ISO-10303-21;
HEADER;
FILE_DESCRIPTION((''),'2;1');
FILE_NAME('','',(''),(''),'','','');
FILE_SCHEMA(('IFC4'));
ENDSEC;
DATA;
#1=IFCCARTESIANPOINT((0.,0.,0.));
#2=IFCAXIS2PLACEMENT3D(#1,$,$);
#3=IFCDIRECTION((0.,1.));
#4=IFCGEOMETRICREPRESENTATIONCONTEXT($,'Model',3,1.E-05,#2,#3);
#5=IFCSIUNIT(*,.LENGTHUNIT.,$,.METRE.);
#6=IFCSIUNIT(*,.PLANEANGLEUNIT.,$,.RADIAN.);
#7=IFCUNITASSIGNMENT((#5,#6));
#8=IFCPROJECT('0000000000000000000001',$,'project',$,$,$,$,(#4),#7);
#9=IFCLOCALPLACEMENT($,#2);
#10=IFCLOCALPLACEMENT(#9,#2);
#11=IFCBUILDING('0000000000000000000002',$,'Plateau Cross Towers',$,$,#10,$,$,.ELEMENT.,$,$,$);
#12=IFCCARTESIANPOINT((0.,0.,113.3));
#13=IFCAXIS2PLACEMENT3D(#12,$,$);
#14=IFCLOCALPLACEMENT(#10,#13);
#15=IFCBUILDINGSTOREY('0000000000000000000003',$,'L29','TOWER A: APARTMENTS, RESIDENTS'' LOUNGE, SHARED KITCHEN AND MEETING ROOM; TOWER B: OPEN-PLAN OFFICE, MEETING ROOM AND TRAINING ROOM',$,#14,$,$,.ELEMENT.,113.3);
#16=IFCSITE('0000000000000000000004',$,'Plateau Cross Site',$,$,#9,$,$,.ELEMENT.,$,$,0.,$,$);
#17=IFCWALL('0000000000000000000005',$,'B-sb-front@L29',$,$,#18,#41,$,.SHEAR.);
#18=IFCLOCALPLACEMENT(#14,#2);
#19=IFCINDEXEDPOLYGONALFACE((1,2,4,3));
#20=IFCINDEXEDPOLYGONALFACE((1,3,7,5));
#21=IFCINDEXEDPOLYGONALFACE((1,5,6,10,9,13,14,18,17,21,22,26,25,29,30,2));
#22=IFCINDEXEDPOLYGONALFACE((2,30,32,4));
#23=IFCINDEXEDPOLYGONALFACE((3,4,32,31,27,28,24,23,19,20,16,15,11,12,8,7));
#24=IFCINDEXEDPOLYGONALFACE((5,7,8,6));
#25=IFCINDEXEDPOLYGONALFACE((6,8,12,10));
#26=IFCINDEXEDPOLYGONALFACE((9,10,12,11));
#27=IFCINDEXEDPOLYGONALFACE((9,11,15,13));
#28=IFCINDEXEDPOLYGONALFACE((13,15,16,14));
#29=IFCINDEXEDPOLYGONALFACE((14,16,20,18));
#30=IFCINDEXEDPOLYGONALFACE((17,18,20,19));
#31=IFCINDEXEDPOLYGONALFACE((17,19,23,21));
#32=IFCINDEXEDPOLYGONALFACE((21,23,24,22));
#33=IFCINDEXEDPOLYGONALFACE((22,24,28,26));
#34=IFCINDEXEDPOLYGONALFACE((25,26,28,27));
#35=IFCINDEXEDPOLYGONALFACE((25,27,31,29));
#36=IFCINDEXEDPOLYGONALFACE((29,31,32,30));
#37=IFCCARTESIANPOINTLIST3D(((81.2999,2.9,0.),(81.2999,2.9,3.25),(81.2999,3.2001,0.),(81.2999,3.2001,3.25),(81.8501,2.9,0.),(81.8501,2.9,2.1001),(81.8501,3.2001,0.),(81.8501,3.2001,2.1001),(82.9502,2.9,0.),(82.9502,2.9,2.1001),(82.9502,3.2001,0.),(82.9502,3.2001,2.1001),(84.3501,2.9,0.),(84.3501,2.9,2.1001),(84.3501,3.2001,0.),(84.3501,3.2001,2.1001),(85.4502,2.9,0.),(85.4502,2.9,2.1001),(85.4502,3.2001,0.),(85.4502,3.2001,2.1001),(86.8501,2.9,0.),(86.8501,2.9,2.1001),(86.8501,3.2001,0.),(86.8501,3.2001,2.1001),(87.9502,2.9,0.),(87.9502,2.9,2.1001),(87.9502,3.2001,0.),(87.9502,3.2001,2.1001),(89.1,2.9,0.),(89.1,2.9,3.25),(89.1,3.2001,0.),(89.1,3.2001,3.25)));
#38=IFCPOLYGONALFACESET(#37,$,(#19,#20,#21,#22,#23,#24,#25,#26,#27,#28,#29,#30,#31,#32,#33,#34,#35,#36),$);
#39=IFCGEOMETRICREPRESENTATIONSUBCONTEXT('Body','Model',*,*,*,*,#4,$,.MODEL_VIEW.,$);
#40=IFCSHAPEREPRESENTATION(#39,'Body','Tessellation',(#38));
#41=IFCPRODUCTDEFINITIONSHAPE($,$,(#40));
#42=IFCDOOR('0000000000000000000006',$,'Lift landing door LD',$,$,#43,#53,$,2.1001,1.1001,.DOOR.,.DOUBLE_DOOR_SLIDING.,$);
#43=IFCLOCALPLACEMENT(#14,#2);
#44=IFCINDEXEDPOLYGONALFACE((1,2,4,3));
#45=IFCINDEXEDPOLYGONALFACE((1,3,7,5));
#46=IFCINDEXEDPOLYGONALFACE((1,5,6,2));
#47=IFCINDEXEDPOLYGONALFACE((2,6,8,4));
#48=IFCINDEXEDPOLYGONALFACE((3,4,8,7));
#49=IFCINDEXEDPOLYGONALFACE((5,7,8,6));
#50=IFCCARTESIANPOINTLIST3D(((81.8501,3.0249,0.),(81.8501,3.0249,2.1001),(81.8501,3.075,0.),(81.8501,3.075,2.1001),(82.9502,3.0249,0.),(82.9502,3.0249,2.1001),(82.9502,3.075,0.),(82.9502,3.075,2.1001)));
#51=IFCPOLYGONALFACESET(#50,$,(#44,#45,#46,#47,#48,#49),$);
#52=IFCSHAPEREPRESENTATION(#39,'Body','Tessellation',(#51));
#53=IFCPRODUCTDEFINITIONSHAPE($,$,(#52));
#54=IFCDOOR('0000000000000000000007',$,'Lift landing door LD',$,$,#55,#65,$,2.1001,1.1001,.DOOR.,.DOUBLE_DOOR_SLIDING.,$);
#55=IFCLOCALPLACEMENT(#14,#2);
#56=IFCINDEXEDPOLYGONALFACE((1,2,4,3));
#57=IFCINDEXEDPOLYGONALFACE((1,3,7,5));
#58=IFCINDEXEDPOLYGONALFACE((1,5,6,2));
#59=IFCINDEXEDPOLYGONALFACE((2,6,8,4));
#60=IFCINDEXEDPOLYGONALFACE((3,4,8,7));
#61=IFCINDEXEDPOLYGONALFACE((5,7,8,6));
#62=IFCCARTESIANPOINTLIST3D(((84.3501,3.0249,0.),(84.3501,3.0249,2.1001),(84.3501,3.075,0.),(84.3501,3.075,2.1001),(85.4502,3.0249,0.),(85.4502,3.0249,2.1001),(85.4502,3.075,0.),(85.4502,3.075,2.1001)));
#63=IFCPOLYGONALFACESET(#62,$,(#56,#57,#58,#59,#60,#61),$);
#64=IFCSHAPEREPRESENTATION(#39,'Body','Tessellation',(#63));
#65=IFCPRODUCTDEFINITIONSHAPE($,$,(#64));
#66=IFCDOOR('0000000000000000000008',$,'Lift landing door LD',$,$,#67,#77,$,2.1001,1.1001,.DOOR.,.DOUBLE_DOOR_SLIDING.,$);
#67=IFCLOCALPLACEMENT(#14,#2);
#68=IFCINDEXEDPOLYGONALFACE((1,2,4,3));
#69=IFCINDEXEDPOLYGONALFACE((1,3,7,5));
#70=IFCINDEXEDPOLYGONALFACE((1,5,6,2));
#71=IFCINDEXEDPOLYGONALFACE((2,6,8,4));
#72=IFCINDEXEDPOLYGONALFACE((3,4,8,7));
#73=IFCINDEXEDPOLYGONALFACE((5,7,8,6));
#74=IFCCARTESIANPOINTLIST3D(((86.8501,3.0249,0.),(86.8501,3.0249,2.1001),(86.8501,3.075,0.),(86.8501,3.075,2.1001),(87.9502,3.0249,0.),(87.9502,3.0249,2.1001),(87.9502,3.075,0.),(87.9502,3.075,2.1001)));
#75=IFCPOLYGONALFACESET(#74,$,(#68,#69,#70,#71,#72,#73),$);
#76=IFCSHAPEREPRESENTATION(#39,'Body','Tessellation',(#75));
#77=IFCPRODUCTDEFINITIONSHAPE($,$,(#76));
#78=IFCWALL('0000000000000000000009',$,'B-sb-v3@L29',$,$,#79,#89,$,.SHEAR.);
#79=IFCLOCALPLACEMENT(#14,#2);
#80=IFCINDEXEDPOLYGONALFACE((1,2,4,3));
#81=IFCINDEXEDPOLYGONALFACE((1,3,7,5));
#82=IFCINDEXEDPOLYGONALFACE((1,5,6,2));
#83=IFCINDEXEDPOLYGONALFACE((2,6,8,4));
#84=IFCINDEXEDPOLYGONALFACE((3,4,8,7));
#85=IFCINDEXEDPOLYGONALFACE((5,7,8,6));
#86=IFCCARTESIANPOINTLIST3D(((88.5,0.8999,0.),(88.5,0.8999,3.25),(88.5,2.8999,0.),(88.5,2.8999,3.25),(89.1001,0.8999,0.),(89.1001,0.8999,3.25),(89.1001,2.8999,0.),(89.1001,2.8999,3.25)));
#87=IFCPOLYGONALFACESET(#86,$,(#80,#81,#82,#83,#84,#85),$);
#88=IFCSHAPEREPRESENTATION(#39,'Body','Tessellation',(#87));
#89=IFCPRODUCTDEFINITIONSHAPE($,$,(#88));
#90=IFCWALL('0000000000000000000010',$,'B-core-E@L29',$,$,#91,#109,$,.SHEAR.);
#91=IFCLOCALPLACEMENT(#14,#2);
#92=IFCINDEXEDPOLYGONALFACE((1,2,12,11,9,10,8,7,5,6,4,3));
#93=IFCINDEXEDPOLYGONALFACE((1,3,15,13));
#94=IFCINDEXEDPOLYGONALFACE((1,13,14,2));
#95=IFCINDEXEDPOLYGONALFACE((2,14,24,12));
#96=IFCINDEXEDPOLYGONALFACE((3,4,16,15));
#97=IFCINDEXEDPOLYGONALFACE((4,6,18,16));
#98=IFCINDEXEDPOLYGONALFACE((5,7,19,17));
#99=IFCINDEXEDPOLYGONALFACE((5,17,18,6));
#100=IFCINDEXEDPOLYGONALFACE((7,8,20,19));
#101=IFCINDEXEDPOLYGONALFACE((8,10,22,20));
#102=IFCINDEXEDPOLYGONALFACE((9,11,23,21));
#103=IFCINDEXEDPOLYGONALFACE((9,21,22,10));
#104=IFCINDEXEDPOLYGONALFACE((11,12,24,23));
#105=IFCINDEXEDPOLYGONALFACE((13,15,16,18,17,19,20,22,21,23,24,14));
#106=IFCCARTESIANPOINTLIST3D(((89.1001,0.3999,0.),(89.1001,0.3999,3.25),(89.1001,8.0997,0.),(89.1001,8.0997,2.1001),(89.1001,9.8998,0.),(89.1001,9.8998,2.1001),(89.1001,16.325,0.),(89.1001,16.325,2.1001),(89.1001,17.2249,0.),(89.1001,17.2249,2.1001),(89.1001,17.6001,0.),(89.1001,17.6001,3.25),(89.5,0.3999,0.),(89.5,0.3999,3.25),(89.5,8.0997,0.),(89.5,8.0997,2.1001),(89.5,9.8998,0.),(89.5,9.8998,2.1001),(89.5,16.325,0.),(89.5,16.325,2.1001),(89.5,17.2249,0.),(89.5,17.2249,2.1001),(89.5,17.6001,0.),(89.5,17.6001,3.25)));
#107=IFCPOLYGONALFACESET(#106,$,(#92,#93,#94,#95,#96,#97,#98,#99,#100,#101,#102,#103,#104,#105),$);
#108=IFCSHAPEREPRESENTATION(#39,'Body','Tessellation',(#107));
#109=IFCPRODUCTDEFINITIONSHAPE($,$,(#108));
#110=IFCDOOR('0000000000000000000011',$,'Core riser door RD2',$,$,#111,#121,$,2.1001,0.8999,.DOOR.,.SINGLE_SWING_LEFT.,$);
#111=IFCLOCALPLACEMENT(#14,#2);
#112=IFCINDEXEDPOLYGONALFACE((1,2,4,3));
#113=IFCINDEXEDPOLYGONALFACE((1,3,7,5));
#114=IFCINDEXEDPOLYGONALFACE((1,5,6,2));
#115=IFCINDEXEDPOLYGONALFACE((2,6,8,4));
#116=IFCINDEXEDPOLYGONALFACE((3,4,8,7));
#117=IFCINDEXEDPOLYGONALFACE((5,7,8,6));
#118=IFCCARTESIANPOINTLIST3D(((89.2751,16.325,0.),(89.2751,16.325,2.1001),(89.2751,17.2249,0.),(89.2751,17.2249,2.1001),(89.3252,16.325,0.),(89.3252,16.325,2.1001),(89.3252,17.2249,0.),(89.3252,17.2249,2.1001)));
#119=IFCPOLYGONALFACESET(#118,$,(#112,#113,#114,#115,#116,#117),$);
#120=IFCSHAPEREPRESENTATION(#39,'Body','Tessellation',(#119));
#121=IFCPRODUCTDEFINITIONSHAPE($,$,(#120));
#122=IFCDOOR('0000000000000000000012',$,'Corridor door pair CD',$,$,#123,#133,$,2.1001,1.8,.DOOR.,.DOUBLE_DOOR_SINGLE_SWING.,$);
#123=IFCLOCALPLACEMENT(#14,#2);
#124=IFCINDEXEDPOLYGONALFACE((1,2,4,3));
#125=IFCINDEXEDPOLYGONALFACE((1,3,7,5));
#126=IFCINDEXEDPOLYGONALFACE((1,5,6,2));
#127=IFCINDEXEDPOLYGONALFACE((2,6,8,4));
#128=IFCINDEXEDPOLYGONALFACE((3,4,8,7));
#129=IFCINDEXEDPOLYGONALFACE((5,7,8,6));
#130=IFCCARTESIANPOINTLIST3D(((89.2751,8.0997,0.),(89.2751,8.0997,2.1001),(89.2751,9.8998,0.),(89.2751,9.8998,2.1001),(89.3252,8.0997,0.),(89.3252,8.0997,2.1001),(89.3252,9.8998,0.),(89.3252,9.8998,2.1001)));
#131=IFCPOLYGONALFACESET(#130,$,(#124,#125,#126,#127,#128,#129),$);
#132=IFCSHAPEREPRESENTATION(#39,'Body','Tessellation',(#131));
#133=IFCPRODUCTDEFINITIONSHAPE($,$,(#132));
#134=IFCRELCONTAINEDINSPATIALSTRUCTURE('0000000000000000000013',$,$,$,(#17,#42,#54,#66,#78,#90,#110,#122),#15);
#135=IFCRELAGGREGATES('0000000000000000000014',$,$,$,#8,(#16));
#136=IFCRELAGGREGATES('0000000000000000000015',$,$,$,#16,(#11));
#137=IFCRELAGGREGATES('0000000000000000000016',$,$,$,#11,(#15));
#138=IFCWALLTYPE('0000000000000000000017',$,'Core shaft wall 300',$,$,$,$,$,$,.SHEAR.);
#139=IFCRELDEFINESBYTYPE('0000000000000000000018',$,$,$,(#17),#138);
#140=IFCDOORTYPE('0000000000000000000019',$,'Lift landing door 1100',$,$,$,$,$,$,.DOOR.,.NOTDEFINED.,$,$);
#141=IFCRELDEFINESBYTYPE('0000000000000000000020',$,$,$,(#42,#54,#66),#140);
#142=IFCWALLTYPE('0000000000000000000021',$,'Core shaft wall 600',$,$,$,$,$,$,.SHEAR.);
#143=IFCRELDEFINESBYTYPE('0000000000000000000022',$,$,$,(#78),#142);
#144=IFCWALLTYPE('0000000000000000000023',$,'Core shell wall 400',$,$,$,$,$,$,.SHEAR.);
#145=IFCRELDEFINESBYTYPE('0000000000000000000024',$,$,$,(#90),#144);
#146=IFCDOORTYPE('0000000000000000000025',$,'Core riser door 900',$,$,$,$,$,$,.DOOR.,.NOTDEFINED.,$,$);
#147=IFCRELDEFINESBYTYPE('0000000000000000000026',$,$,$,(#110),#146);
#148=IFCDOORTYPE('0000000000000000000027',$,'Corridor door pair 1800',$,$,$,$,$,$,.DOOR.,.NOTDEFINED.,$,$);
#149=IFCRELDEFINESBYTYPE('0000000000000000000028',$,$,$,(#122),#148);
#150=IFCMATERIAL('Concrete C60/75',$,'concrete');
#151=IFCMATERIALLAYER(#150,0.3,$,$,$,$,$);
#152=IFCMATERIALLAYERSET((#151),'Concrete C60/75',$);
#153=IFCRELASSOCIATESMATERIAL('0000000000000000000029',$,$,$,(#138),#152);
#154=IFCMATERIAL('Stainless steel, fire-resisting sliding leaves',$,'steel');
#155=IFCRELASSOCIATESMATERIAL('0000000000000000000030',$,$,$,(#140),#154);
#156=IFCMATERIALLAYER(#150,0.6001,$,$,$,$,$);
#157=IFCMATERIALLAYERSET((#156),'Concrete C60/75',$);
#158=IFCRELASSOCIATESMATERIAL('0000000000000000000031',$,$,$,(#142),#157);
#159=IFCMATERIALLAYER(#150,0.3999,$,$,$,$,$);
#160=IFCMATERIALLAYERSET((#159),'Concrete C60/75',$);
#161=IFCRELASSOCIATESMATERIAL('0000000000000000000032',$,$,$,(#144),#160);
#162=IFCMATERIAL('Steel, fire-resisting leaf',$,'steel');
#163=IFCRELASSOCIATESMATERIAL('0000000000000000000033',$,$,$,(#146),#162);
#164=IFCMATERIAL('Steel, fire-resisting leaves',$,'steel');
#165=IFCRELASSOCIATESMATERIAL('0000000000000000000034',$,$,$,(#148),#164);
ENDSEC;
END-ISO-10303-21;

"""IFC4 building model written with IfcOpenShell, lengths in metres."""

from ifc_helpers import new_model, si_unit, direction, frame, frame_2d, origin, place, context, subcontext, project, spatial, rectangle, extrude, material, layer, layer_set, type_object, element, fill, save


model = new_model("IFC4")

# Units and contexts
model_context = context("Model", 3, precision=1e-05, world=origin(), true_north=direction((0.0, 1.0)))
body_context = subcontext(model_context, "Body", "Model", "MODEL_VIEW")
ifc_project = project(units=[si_unit("LENGTHUNIT", "METRE"), si_unit("PLANEANGLEUNIT", "RADIAN")], contexts=[model_context])

# Site, building, storey
site_placement = place(None, origin())
site = spatial("IfcSite", under=ifc_project, at=site_placement, Name="Plateau Cross Site", CompositionType="ELEMENT", RefElevation=0.0)
building_placement = place(site_placement, origin())
building = spatial("IfcBuilding", under=site, at=building_placement, Name="Plateau Cross Towers", CompositionType="ELEMENT")
storey_placement = place(building_placement, frame((0.0, 0.0, 113.3)))
storey = spatial("IfcBuildingStorey", under=building, at=storey_placement, Name="L29", Description="TOWER A: APARTMENTS, RESIDENTS' LOUNGE, SHARED KITCHEN AND MEETING ROOM; TOWER B: OPEN-PLAN OFFICE, MEETING ROOM AND TRAINING ROOM", CompositionType="ELEMENT", Elevation=113.3)

# Shared definitions
ifc_material_1 = material(Name="Concrete C60/75", Category="concrete")

# Shared definitions
ifc_layer_1 = layer(ifc_material_1, 0.3)
ifc_layer_set_1 = layer_set([ifc_layer_1], Name="Concrete C60/75")
wall_type_1 = type_object("IfcWallType", Name="Core shaft wall 300", PredefinedType="SHEAR", material=ifc_layer_set_1)

# Wall, openings, doors
wall_1_placement = place(storey_placement, frame((81.3, 3.05, 0.0), z_axis=(0.0, 0.0, 1.0), x_axis=(1.0, 0.0, 0.0)))
wall_1 = element("IfcWall", 1, at=wall_1_placement, inside=storey, type_object=wall_type_1, Name="B-sb-front@L29", PredefinedType="SHEAR", context=body_context, shape_type="SweptSolid", body=[
    extrude(rectangle(XDim=7.8, YDim=0.3, at=frame_2d((3.8999, 0.0))), origin(), (0.0, 0.0, 1.0), 3.25),
])
opening_1_placement = place(wall_1_placement, frame((0.55, 0.0, 0.0)))
opening_1 = element("IfcOpeningElement", 2, at=opening_1_placement, cuts=wall_1, PredefinedType="OPENING", context=body_context, shape_type="SweptSolid", body=[
    extrude(rectangle(XDim=1.1001, YDim=2.1001, at=frame_2d((0.55, 1.05))), frame((0.0, 0.1599, 0.0), z_axis=(0.0, -1.0, 0.0), x_axis=(1.0, 0.0, 0.0)), (0.0, 0.0, 1.0), 0.3201),
])
opening_2_placement = place(wall_1_placement, frame((3.05, 0.0, 0.0)))
opening_2 = element("IfcOpeningElement", 3, at=opening_2_placement, cuts=wall_1, PredefinedType="OPENING", context=body_context, shape_type="SweptSolid", body=[
    extrude(rectangle(XDim=1.1001, YDim=2.1001, at=frame_2d((0.55, 1.05))), frame((0.0, 0.1599, 0.0), z_axis=(0.0, -1.0, 0.0), x_axis=(1.0, 0.0, 0.0)), (0.0, 0.0, 1.0), 0.3201),
])
opening_3_placement = place(wall_1_placement, frame((5.55, 0.0, 0.0)))
opening_3 = element("IfcOpeningElement", 4, at=opening_3_placement, cuts=wall_1, PredefinedType="OPENING", context=body_context, shape_type="SweptSolid", body=[
    extrude(rectangle(XDim=1.1001, YDim=2.1001, at=frame_2d((0.55, 1.05))), frame((0.0, 0.1599, 0.0), z_axis=(0.0, -1.0, 0.0), x_axis=(1.0, 0.0, 0.0)), (0.0, 0.0, 1.0), 0.3201),
])
ifc_material_2 = material(Name="Stainless steel, fire-resisting sliding leaves", Category="steel")
door_type_1 = type_object("IfcDoorType", Name="Lift landing door 1100", OperationType="NOTDEFINED", PredefinedType="DOOR", material=ifc_material_2)
door_1_placement = place(opening_1_placement, origin())
door_1 = element("IfcDoor", 5, at=door_1_placement, inside=storey, type_object=door_type_1, Name="Lift landing door LD", OperationType="DOUBLE_DOOR_SLIDING", OverallHeight=2.1001, OverallWidth=1.1001, PredefinedType="DOOR", context=body_context, shape_type="SweptSolid", body=[
    extrude(rectangle(XDim=1.1001, YDim=2.1001, at=frame_2d((0.55, 1.05))), frame((0.0, 0.0249, 0.0), z_axis=(0.0, -1.0, 0.0), x_axis=(1.0, 0.0, 0.0)), (0.0, 0.0, 1.0), 0.05),
])
fill(opening_1, door_1)
door_2_placement = place(opening_2_placement, origin())
door_2 = element("IfcDoor", 6, at=door_2_placement, inside=storey, type_object=door_type_1, Name="Lift landing door LD", OperationType="DOUBLE_DOOR_SLIDING", OverallHeight=2.1001, OverallWidth=1.1001, PredefinedType="DOOR", context=body_context, shape_type="SweptSolid", body=[
    extrude(rectangle(XDim=1.1001, YDim=2.1001, at=frame_2d((0.55, 1.05))), frame((0.0, 0.0249, 0.0), z_axis=(0.0, -1.0, 0.0), x_axis=(1.0, 0.0, 0.0)), (0.0, 0.0, 1.0), 0.05),
])
fill(opening_2, door_2)
door_3_placement = place(opening_3_placement, origin())
door_3 = element("IfcDoor", 7, at=door_3_placement, inside=storey, type_object=door_type_1, Name="Lift landing door LD", OperationType="DOUBLE_DOOR_SLIDING", OverallHeight=2.1001, OverallWidth=1.1001, PredefinedType="DOOR", context=body_context, shape_type="SweptSolid", body=[
    extrude(rectangle(XDim=1.1001, YDim=2.1001, at=frame_2d((0.55, 1.05))), frame((0.0, 0.0249, 0.0), z_axis=(0.0, -1.0, 0.0), x_axis=(1.0, 0.0, 0.0)), (0.0, 0.0, 1.0), 0.05),
])
fill(opening_3, door_3)

# Wall
ifc_layer_2 = layer(ifc_material_1, 0.6001)
ifc_layer_set_2 = layer_set([ifc_layer_2], Name="Concrete C60/75")
wall_type_2 = type_object("IfcWallType", Name="Core shaft wall 600", PredefinedType="SHEAR", material=ifc_layer_set_2)
wall_2_placement = place(storey_placement, frame((88.8, 0.8999, 0.0), z_axis=(0.0, 0.0, 1.0), x_axis=(0.0, 1.0, 0.0)))
element("IfcWall", 8, at=wall_2_placement, inside=storey, type_object=wall_type_2, Name="B-sb-v3@L29", PredefinedType="SHEAR", context=body_context, shape_type="SweptSolid", body=[
    extrude(rectangle(XDim=2.0, YDim=0.6001, at=frame_2d((1.0, 0.0))), origin(), (0.0, 0.0, 1.0), 3.25),
])

# Wall, openings, doors
ifc_layer_3 = layer(ifc_material_1, 0.3999)
ifc_layer_set_3 = layer_set([ifc_layer_3], Name="Concrete C60/75")
wall_type_3 = type_object("IfcWallType", Name="Core shell wall 400", PredefinedType="SHEAR", material=ifc_layer_set_3)
wall_3_placement = place(storey_placement, frame((89.3, 0.3999, 0.0), z_axis=(0.0, 0.0, 1.0), x_axis=(0.0, 1.0, 0.0)))
wall_3 = element("IfcWall", 9, at=wall_3_placement, inside=storey, type_object=wall_type_3, Name="B-core-E@L29", PredefinedType="SHEAR", context=body_context, shape_type="SweptSolid", body=[
    extrude(rectangle(XDim=17.2002, YDim=0.3999, at=frame_2d((8.6001, 0.0))), origin(), (0.0, 0.0, 1.0), 3.25),
])
opening_4_placement = place(wall_3_placement, frame((7.7, 0.0, 0.0)))
opening_4 = element("IfcOpeningElement", 10, at=opening_4_placement, cuts=wall_3, PredefinedType="OPENING", context=body_context, shape_type="SweptSolid", body=[
    extrude(rectangle(XDim=1.8, YDim=2.1001, at=frame_2d((0.8999, 1.05))), frame((0.0, 0.21, 0.0), z_axis=(0.0, -1.0, 0.0), x_axis=(1.0, 0.0, 0.0)), (0.0, 0.0, 1.0), 0.4199),
])
opening_5_placement = place(wall_3_placement, frame((15.925, 0.0, 0.0)))
opening_5 = element("IfcOpeningElement", 11, at=opening_5_placement, cuts=wall_3, PredefinedType="OPENING", context=body_context, shape_type="SweptSolid", body=[
    extrude(rectangle(XDim=0.8999, YDim=2.1001, at=frame_2d((0.45, 1.05))), frame((0.0, 0.21, 0.0), z_axis=(0.0, -1.0, 0.0), x_axis=(1.0, 0.0, 0.0)), (0.0, 0.0, 1.0), 0.4199),
])
ifc_material_3 = material(Name="Steel, fire-resisting leaf", Category="steel")
door_type_2 = type_object("IfcDoorType", Name="Core riser door 900", OperationType="NOTDEFINED", PredefinedType="DOOR", material=ifc_material_3)
door_4_placement = place(opening_5_placement, origin())
door_4 = element("IfcDoor", 12, at=door_4_placement, inside=storey, type_object=door_type_2, Name="Core riser door RD2", OperationType="SINGLE_SWING_LEFT", OverallHeight=2.1001, OverallWidth=0.8999, PredefinedType="DOOR", context=body_context, shape_type="SweptSolid", body=[
    extrude(rectangle(XDim=0.8999, YDim=2.1001, at=frame_2d((0.45, 1.05))), frame((0.0, 0.0249, 0.0), z_axis=(0.0, -1.0, 0.0), x_axis=(1.0, 0.0, 0.0)), (0.0, 0.0, 1.0), 0.05),
])
fill(opening_5, door_4)
ifc_material_4 = material(Name="Steel, fire-resisting leaves", Category="steel")
door_type_3 = type_object("IfcDoorType", Name="Corridor door pair 1800", OperationType="NOTDEFINED", PredefinedType="DOOR", material=ifc_material_4)
door_5_placement = place(opening_4_placement, origin())
door_5 = element("IfcDoor", 13, at=door_5_placement, inside=storey, type_object=door_type_3, Name="Corridor door pair CD", OperationType="DOUBLE_DOOR_SINGLE_SWING", OverallHeight=2.1001, OverallWidth=1.8, PredefinedType="DOOR", context=body_context, shape_type="SweptSolid", body=[
    extrude(rectangle(XDim=1.8, YDim=2.1001, at=frame_2d((0.8999, 1.05))), frame((0.0, 0.0249, 0.0), z_axis=(0.0, -1.0, 0.0), x_axis=(1.0, 0.0, 0.0)), (0.0, 0.0, 1.0), 0.05),
])
fill(opening_4, door_5)

save(model, "model.ifc")
